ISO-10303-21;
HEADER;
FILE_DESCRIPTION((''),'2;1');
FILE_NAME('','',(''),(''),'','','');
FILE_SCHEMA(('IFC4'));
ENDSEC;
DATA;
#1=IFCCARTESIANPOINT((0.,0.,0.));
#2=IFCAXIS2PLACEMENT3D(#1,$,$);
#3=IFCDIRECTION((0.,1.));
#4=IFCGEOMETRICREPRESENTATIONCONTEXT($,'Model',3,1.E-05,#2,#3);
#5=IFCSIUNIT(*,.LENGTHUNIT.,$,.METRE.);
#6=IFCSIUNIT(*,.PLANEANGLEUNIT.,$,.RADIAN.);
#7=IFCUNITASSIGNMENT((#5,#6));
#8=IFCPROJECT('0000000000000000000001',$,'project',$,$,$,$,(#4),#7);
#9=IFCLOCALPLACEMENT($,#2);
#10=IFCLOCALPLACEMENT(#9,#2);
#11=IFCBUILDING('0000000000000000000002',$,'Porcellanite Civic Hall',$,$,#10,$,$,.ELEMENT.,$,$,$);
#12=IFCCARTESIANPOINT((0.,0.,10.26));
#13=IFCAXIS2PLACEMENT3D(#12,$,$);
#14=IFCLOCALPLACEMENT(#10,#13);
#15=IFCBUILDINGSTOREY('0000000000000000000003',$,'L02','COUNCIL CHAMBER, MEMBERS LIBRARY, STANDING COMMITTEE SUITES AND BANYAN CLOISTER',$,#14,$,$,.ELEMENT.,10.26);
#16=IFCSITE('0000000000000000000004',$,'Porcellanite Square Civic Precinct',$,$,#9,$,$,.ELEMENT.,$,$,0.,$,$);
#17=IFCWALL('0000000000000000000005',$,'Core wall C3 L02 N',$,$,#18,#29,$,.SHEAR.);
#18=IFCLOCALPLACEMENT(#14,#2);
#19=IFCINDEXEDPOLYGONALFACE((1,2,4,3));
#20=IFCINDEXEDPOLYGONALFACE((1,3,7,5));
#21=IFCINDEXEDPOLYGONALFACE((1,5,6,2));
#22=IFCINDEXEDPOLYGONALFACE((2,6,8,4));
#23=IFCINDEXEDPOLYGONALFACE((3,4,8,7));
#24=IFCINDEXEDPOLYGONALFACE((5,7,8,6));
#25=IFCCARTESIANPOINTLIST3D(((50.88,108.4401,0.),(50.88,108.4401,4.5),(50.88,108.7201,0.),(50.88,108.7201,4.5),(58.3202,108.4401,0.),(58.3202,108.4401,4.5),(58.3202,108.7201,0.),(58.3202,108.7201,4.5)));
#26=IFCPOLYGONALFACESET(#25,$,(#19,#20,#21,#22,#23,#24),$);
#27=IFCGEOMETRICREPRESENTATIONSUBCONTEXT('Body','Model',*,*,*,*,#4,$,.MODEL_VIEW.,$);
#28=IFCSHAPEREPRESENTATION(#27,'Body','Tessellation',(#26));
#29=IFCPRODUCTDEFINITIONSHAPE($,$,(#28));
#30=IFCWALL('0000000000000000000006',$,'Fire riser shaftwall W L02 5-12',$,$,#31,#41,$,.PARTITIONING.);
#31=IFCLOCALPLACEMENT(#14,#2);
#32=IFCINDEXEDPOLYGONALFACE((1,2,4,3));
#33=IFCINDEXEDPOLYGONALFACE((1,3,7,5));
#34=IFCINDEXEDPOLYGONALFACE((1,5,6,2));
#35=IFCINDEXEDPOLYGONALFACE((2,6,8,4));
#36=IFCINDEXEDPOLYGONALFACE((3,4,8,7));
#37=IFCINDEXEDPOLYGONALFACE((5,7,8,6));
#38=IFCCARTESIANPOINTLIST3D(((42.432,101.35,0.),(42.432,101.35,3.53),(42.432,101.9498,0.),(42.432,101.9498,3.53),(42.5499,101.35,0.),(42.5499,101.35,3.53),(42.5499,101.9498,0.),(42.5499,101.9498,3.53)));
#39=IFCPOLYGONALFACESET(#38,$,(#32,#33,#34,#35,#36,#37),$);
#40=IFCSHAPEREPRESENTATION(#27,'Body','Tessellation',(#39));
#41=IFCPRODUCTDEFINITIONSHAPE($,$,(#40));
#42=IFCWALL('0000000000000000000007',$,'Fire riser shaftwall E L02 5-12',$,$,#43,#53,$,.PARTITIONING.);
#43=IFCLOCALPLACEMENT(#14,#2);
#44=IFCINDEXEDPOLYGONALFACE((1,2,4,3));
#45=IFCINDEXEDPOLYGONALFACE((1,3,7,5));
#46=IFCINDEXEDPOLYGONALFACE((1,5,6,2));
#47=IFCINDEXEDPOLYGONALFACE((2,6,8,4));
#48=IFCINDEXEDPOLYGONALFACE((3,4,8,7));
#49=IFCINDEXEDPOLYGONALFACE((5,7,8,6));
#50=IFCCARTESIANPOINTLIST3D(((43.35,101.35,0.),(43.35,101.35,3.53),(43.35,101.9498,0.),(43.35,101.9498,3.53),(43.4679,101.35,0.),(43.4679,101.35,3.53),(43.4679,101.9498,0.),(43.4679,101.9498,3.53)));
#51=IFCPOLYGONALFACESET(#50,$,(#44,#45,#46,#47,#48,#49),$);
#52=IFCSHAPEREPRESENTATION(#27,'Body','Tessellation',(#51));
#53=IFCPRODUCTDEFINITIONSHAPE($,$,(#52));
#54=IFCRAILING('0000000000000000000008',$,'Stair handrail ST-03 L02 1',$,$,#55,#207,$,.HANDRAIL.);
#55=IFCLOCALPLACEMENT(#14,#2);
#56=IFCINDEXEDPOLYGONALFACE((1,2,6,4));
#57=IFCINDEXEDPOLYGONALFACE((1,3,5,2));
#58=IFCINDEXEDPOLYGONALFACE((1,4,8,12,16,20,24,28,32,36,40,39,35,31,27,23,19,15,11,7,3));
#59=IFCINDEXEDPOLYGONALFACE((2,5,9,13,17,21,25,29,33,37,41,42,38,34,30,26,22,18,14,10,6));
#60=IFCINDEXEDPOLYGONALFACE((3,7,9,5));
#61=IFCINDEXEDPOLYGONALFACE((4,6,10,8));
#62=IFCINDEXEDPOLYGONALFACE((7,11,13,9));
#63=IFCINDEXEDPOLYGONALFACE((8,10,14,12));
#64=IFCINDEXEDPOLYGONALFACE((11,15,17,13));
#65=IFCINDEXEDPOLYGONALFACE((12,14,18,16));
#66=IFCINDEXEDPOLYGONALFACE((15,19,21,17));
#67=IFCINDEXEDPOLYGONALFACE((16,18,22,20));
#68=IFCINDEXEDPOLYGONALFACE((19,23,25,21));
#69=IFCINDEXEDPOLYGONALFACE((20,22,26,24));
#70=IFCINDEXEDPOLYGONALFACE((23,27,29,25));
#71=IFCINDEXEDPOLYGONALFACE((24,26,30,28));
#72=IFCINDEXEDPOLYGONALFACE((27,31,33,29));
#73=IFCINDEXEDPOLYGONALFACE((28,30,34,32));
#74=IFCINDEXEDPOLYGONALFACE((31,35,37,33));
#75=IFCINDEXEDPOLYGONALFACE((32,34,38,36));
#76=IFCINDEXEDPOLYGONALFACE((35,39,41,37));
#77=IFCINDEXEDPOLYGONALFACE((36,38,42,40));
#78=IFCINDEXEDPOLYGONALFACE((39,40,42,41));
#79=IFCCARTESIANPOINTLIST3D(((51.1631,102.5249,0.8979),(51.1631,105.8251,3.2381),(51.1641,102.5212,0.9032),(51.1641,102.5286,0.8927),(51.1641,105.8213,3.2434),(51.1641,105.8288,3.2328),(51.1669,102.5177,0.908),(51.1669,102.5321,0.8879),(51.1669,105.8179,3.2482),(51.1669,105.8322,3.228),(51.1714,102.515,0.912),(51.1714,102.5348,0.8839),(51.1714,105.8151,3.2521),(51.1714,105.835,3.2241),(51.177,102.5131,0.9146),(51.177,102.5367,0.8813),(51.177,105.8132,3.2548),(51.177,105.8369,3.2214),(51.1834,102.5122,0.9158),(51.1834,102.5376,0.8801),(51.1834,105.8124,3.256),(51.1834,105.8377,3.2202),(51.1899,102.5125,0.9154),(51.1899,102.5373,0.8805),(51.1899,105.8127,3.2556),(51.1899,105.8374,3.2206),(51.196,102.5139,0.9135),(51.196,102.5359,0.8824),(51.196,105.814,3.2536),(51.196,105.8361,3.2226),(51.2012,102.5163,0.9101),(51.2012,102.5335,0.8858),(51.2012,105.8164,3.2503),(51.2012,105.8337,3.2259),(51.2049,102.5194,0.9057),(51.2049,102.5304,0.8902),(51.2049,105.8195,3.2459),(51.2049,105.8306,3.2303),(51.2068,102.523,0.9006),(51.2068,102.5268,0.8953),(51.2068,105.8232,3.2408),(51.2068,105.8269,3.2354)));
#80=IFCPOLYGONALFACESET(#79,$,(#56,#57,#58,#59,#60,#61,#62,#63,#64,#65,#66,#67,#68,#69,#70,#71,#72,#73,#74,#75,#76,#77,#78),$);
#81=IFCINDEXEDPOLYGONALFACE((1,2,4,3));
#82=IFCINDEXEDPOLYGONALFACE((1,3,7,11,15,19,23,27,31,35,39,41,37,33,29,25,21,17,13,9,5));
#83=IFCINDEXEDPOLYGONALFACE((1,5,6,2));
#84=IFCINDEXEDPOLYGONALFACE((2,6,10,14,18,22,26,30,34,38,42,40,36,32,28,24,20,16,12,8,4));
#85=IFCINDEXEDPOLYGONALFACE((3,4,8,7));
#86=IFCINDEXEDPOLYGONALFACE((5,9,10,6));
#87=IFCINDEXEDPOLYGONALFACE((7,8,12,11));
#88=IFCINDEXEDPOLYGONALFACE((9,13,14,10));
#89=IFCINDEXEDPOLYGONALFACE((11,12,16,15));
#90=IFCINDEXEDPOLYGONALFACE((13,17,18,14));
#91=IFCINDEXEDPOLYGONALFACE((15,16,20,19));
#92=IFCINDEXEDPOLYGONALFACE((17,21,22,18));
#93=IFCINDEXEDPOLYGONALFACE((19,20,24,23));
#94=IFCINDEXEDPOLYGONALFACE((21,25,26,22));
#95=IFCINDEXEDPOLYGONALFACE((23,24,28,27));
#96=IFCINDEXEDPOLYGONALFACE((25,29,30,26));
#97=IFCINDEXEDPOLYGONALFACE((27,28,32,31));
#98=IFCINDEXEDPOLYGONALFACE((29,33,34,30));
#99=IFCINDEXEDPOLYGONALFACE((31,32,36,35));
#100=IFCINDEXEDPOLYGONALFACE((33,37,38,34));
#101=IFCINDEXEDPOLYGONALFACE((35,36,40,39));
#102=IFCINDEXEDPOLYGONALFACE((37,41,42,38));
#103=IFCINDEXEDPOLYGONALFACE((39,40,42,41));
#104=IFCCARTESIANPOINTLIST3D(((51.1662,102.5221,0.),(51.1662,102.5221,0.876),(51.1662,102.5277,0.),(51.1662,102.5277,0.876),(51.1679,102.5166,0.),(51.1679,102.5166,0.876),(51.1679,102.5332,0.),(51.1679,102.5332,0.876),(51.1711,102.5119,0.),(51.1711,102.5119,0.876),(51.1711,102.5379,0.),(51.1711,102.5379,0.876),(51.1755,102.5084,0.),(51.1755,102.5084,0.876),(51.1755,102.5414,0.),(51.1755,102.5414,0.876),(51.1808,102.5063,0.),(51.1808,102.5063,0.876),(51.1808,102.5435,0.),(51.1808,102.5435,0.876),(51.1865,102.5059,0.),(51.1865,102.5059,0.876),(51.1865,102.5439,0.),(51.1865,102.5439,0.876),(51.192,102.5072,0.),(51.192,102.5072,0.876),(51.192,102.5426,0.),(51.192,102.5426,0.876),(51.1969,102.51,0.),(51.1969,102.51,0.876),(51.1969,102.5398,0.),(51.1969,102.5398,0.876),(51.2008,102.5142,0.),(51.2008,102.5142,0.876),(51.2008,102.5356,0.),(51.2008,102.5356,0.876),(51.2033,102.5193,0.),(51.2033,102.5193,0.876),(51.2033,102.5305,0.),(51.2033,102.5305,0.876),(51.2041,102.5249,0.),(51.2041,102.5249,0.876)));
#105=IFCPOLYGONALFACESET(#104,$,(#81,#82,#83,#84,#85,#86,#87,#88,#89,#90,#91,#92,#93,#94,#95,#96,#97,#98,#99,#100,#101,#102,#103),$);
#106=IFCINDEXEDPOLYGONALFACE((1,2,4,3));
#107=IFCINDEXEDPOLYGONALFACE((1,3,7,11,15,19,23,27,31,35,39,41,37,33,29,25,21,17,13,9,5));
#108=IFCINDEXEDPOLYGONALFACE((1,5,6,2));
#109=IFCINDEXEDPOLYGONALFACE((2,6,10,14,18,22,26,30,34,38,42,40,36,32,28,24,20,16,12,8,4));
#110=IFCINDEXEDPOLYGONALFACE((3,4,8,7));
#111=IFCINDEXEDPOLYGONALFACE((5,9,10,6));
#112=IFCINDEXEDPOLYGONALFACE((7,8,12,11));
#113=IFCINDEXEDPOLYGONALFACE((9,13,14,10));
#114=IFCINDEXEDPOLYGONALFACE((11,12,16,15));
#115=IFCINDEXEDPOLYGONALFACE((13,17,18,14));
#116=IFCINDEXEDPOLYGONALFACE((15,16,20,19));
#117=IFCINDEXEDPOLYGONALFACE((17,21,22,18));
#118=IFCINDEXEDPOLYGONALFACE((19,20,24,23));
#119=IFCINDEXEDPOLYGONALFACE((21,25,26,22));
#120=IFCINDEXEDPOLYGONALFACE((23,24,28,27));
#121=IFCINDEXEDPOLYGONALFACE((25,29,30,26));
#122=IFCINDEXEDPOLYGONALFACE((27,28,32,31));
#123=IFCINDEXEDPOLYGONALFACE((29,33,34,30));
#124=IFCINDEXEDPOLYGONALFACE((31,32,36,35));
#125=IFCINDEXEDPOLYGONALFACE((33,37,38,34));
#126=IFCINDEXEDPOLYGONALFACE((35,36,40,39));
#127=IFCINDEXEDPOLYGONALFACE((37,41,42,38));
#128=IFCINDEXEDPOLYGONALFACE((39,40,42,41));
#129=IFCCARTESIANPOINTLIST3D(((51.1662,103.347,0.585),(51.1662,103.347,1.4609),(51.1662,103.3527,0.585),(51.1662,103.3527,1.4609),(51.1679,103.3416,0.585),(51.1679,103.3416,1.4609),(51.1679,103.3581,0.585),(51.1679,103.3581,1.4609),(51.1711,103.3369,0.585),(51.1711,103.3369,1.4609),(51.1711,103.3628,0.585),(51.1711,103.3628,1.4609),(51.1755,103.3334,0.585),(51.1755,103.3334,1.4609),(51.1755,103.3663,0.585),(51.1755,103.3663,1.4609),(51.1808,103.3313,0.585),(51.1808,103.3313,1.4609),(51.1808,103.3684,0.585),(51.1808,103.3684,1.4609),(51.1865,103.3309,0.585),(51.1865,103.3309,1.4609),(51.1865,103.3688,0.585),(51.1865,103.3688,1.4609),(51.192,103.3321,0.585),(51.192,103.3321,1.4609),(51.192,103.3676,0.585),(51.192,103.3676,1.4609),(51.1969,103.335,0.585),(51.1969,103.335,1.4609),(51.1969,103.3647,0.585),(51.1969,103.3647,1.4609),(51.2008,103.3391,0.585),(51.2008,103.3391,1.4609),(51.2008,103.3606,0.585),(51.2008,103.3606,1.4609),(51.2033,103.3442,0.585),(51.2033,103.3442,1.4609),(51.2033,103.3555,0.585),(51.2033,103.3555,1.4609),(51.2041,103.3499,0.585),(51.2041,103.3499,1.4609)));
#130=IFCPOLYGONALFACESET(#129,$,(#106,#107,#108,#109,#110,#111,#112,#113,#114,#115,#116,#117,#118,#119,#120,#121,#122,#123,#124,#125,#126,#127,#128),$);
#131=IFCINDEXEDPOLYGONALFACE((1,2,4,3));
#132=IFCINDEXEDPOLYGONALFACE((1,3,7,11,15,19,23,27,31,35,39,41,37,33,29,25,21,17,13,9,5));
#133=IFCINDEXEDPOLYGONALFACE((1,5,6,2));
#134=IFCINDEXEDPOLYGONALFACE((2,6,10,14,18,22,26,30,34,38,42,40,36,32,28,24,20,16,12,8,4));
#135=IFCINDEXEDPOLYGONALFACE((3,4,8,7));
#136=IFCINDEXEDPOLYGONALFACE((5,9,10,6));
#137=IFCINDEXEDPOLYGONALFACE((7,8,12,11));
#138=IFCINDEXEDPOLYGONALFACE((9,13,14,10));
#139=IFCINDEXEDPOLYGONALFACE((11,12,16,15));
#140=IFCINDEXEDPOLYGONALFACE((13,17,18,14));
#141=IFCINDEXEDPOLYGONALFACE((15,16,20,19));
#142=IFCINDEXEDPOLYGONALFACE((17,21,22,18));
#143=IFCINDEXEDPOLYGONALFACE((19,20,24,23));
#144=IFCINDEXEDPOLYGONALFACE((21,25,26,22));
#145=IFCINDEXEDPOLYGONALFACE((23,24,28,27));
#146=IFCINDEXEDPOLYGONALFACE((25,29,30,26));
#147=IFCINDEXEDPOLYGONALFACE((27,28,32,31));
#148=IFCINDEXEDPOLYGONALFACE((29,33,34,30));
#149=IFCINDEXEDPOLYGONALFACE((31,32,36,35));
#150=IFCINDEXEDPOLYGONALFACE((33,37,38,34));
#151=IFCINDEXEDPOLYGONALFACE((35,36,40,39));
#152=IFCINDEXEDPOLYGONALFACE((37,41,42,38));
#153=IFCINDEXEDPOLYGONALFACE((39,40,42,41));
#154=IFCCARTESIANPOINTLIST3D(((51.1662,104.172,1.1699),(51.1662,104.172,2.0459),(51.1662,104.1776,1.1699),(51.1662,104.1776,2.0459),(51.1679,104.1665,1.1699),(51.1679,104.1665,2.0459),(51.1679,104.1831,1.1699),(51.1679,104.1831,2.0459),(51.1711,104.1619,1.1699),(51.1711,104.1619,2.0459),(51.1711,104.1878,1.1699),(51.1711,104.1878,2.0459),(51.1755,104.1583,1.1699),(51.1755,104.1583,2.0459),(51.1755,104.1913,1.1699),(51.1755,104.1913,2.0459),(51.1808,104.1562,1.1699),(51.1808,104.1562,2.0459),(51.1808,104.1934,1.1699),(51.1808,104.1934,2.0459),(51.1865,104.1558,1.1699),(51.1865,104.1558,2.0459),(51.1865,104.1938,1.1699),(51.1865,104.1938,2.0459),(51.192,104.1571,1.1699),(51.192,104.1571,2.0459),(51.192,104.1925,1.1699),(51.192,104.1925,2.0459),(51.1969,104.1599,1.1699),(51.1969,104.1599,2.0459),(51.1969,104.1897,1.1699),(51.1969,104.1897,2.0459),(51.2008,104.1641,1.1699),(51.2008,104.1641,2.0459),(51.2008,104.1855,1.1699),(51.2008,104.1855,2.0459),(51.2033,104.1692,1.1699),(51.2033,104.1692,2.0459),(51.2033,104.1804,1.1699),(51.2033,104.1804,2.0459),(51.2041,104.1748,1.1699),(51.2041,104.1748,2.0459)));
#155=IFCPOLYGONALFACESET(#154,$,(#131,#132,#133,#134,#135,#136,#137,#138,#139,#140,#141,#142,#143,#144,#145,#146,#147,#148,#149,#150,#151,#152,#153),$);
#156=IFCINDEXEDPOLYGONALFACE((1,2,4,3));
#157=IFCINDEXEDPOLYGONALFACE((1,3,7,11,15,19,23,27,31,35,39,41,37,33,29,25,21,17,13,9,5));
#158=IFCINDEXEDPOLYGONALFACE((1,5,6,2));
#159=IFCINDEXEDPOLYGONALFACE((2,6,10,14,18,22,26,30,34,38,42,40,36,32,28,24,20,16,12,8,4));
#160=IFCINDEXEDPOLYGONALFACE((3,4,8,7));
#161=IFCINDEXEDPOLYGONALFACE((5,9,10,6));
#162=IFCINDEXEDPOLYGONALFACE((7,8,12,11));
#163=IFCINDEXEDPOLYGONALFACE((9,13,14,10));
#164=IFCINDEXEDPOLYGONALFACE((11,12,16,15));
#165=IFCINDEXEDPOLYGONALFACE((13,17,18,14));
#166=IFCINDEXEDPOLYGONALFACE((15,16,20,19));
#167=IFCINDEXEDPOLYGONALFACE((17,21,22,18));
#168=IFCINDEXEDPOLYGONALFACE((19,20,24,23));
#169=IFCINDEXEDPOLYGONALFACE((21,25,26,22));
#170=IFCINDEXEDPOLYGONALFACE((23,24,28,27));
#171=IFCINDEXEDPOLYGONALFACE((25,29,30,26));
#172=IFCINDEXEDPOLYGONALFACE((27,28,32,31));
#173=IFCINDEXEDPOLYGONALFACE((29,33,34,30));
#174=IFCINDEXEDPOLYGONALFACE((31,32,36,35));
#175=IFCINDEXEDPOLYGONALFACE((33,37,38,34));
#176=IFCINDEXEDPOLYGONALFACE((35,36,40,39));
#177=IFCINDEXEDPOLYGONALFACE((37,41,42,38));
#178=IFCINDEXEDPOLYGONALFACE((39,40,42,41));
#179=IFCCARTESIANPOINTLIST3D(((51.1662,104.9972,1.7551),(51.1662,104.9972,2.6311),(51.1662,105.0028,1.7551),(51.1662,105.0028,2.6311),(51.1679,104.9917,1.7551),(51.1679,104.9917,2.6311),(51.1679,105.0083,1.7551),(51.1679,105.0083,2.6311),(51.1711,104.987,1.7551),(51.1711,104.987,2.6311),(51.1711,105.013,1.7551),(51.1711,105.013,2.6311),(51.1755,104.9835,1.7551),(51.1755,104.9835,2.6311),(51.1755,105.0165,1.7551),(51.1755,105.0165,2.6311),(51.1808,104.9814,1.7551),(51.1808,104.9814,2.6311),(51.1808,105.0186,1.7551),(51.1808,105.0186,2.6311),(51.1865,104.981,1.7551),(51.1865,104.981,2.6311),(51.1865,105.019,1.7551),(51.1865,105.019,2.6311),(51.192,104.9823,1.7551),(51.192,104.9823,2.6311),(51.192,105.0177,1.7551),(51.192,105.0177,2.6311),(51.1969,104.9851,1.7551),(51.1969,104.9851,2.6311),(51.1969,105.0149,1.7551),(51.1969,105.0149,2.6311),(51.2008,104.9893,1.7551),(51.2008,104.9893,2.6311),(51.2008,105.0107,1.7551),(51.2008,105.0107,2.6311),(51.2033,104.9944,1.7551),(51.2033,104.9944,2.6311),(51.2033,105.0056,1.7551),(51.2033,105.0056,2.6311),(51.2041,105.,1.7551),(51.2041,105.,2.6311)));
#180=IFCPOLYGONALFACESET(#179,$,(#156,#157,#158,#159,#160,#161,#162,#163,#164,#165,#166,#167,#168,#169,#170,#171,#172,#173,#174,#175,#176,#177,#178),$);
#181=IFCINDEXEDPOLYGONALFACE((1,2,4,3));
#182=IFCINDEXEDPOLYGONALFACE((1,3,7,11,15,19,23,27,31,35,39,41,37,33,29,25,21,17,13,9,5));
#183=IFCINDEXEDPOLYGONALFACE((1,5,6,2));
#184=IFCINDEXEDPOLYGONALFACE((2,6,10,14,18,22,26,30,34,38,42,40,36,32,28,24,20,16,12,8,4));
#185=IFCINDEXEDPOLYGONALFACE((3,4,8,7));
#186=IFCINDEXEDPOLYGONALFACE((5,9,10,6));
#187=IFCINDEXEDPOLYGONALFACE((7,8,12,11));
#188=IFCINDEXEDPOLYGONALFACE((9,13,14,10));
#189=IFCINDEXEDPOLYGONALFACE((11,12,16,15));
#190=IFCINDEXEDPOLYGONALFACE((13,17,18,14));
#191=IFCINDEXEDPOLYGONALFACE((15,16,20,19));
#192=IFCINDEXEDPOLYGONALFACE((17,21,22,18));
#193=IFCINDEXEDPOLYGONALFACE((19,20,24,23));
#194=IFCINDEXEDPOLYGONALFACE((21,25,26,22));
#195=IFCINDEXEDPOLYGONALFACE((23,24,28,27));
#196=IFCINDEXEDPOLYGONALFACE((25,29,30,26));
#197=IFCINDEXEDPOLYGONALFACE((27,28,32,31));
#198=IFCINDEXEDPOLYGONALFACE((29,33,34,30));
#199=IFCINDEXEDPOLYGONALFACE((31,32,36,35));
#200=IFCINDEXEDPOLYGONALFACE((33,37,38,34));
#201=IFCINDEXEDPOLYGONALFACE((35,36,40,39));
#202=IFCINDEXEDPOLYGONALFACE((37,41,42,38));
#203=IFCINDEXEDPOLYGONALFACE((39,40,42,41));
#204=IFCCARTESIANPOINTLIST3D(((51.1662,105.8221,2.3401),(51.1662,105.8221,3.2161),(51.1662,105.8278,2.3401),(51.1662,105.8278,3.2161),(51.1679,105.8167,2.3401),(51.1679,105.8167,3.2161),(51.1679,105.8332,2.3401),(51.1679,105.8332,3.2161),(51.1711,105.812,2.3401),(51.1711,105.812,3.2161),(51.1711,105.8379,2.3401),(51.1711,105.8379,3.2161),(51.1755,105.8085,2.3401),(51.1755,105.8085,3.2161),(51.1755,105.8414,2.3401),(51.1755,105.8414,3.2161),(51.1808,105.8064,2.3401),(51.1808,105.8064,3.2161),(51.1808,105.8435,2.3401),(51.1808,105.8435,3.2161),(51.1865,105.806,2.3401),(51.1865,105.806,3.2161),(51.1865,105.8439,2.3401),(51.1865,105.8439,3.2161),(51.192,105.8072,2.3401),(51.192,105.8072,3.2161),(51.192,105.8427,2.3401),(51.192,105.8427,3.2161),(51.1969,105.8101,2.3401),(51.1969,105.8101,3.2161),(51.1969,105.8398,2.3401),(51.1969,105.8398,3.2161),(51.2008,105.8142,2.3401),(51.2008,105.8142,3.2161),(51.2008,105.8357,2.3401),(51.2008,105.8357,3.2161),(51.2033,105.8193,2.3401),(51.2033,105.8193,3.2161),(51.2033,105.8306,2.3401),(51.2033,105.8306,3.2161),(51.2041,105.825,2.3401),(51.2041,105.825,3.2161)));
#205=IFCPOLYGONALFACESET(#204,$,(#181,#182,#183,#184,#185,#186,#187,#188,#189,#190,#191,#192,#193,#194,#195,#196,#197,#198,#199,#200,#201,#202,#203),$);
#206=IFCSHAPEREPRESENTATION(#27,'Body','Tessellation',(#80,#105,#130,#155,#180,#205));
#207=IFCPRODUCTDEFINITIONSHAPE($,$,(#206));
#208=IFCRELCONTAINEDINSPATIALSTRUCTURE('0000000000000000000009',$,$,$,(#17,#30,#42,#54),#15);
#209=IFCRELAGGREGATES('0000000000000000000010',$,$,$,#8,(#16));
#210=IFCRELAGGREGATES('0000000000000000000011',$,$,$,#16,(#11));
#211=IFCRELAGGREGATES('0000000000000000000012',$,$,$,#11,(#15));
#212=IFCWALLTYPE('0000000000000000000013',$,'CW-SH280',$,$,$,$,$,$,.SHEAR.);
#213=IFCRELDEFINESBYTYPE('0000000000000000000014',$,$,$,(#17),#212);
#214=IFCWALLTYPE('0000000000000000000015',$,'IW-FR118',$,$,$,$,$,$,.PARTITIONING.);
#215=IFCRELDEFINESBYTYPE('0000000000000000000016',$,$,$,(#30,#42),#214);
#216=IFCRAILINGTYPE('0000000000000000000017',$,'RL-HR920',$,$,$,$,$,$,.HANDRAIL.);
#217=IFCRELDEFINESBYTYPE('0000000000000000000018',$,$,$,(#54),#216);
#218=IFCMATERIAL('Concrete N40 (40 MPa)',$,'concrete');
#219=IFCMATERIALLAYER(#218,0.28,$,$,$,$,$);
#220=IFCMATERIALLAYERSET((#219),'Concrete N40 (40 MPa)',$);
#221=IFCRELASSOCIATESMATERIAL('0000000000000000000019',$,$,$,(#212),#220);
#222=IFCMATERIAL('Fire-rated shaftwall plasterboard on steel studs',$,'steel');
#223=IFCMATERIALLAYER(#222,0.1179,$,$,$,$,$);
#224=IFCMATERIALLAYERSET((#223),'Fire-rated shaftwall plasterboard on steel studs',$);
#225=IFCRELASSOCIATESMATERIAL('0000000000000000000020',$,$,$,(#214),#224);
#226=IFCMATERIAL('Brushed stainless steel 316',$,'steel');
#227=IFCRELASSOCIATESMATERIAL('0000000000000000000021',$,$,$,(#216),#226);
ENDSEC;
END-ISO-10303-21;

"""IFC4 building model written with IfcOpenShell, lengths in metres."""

from ifc_helpers import new_model, si_unit, direction, frame, frame_2d, origin, origin_2d, place, context, subcontext, project, spatial, rectangle, circle, extrude, material, layer, layer_set, type_object, element, save


model = new_model("IFC4")

# Units and contexts
model_context = context("Model", 3, precision=1e-05, world=origin(), true_north=direction((0.0, 1.0)))
body_context = subcontext(model_context, "Body", "Model", "MODEL_VIEW")
ifc_project = project(units=[si_unit("LENGTHUNIT", "METRE"), si_unit("PLANEANGLEUNIT", "RADIAN")], contexts=[model_context])

# Site, building, storey
site_placement = place(None, origin())
site = spatial("IfcSite", under=ifc_project, at=site_placement, Name="Porcellanite Square Civic Precinct", CompositionType="ELEMENT", RefElevation=0.0)
building_placement = place(site_placement, origin())
building = spatial("IfcBuilding", under=site, at=building_placement, Name="Porcellanite Civic Hall", CompositionType="ELEMENT")
storey_placement = place(building_placement, frame((0.0, 0.0, 10.26)))
storey = spatial("IfcBuildingStorey", under=building, at=storey_placement, Name="L02", Description="COUNCIL CHAMBER, MEMBERS LIBRARY, STANDING COMMITTEE SUITES AND BANYAN CLOISTER", CompositionType="ELEMENT", Elevation=10.26)

# Walls
ifc_material_1 = material(Name="Concrete N40 (40 MPa)", Category="concrete")
ifc_layer_1 = layer(ifc_material_1, 0.28)
ifc_layer_set_1 = layer_set([ifc_layer_1], Name="Concrete N40 (40 MPa)")
wall_type_1 = type_object("IfcWallType", Name="CW-SH280", PredefinedType="SHEAR", material=ifc_layer_set_1)
wall_1_placement = place(storey_placement, frame((50.8799, 108.5801, 0.0), z_axis=(0.0, 0.0, 1.0), x_axis=(1.0, 0.0, 0.0)))
element("IfcWall", 1, at=wall_1_placement, inside=storey, type_object=wall_type_1, Name="Core wall C3 L02 N", PredefinedType="SHEAR", context=body_context, shape_type="SweptSolid", body=[
    extrude(rectangle(XDim=7.4402, YDim=0.28, at=frame_2d((3.7202, 0.0))), origin(), (0.0, 0.0, 1.0), 4.5),
])
ifc_material_2 = material(Name="Fire-rated shaftwall plasterboard on steel studs", Category="steel")
ifc_layer_2 = layer(ifc_material_2, 0.1179)
ifc_layer_set_2 = layer_set([ifc_layer_2], Name="Fire-rated shaftwall plasterboard on steel studs")
wall_type_2 = type_object("IfcWallType", Name="IW-FR118", PredefinedType="PARTITIONING", material=ifc_layer_set_2)
for number, where, z_axis, x_axis, name in (
    (2, (42.491, 101.3501, 0.0), (0.0, 0.0, 1.0), (0.0, 1.0, 0.0), "Fire riser shaftwall W L02 5-12"),
    (3, (43.4089, 101.3501, 0.0), (0.0, 0.0, 1.0), (0.0, 1.0, 0.0), "Fire riser shaftwall E L02 5-12"),
):
    element("IfcWall", number, at=place(storey_placement, frame(where, z_axis=z_axis, x_axis=x_axis)), inside=storey, type_object=wall_type_2, Name=name, PredefinedType="PARTITIONING", context=body_context, shape_type="SweptSolid", body=[
        extrude(rectangle(XDim=0.5999, YDim=0.1179, at=frame_2d((0.2998, 0.0))), origin(), (0.0, 0.0, 1.0), 3.53),
    ])

# Railing
ifc_material_3 = material(Name="Brushed stainless steel 316", Category="steel")
railing_type = type_object("IfcRailingType", Name="RL-HR920", PredefinedType="HANDRAIL", material=ifc_material_3)
railing_placement = place(storey_placement, frame((51.1851, 102.5249, 0.0)))
element("IfcRailing", 4, at=railing_placement, inside=storey, type_object=railing_type, Name="Stair handrail ST-03 L02 1", PredefinedType="HANDRAIL", context=body_context, shape_type="SweptSolid", body=[
    extrude(circle(Radius=0.022, at=origin_2d()), frame((0.0, 0.0, 0.8979), z_axis=(0.0, 0.815727, 0.578438), x_axis=(-1.0, 0.0, 0.0)), (0.0, 0.0, 1.0), 4.0457),
    extrude(circle(Radius=0.019, at=origin_2d()), origin(), (0.0, 0.0, 1.0), 0.876),
    extrude(circle(Radius=0.019, at=origin_2d()), frame((0.0, 0.825, 0.585)), (0.0, 0.0, 1.0), 0.876),
    extrude(circle(Radius=0.019, at=origin_2d()), frame((0.0, 1.6499, 1.1699)), (0.0, 0.0, 1.0), 0.876),
    extrude(circle(Radius=0.019, at=origin_2d()), frame((0.0, 2.4751, 1.7551)), (0.0, 0.0, 1.0), 0.876),
    extrude(circle(Radius=0.019, at=origin_2d()), frame((0.0, 3.3, 2.3401)), (0.0, 0.0, 1.0), 0.876),
])

save(model, "model.ifc")
